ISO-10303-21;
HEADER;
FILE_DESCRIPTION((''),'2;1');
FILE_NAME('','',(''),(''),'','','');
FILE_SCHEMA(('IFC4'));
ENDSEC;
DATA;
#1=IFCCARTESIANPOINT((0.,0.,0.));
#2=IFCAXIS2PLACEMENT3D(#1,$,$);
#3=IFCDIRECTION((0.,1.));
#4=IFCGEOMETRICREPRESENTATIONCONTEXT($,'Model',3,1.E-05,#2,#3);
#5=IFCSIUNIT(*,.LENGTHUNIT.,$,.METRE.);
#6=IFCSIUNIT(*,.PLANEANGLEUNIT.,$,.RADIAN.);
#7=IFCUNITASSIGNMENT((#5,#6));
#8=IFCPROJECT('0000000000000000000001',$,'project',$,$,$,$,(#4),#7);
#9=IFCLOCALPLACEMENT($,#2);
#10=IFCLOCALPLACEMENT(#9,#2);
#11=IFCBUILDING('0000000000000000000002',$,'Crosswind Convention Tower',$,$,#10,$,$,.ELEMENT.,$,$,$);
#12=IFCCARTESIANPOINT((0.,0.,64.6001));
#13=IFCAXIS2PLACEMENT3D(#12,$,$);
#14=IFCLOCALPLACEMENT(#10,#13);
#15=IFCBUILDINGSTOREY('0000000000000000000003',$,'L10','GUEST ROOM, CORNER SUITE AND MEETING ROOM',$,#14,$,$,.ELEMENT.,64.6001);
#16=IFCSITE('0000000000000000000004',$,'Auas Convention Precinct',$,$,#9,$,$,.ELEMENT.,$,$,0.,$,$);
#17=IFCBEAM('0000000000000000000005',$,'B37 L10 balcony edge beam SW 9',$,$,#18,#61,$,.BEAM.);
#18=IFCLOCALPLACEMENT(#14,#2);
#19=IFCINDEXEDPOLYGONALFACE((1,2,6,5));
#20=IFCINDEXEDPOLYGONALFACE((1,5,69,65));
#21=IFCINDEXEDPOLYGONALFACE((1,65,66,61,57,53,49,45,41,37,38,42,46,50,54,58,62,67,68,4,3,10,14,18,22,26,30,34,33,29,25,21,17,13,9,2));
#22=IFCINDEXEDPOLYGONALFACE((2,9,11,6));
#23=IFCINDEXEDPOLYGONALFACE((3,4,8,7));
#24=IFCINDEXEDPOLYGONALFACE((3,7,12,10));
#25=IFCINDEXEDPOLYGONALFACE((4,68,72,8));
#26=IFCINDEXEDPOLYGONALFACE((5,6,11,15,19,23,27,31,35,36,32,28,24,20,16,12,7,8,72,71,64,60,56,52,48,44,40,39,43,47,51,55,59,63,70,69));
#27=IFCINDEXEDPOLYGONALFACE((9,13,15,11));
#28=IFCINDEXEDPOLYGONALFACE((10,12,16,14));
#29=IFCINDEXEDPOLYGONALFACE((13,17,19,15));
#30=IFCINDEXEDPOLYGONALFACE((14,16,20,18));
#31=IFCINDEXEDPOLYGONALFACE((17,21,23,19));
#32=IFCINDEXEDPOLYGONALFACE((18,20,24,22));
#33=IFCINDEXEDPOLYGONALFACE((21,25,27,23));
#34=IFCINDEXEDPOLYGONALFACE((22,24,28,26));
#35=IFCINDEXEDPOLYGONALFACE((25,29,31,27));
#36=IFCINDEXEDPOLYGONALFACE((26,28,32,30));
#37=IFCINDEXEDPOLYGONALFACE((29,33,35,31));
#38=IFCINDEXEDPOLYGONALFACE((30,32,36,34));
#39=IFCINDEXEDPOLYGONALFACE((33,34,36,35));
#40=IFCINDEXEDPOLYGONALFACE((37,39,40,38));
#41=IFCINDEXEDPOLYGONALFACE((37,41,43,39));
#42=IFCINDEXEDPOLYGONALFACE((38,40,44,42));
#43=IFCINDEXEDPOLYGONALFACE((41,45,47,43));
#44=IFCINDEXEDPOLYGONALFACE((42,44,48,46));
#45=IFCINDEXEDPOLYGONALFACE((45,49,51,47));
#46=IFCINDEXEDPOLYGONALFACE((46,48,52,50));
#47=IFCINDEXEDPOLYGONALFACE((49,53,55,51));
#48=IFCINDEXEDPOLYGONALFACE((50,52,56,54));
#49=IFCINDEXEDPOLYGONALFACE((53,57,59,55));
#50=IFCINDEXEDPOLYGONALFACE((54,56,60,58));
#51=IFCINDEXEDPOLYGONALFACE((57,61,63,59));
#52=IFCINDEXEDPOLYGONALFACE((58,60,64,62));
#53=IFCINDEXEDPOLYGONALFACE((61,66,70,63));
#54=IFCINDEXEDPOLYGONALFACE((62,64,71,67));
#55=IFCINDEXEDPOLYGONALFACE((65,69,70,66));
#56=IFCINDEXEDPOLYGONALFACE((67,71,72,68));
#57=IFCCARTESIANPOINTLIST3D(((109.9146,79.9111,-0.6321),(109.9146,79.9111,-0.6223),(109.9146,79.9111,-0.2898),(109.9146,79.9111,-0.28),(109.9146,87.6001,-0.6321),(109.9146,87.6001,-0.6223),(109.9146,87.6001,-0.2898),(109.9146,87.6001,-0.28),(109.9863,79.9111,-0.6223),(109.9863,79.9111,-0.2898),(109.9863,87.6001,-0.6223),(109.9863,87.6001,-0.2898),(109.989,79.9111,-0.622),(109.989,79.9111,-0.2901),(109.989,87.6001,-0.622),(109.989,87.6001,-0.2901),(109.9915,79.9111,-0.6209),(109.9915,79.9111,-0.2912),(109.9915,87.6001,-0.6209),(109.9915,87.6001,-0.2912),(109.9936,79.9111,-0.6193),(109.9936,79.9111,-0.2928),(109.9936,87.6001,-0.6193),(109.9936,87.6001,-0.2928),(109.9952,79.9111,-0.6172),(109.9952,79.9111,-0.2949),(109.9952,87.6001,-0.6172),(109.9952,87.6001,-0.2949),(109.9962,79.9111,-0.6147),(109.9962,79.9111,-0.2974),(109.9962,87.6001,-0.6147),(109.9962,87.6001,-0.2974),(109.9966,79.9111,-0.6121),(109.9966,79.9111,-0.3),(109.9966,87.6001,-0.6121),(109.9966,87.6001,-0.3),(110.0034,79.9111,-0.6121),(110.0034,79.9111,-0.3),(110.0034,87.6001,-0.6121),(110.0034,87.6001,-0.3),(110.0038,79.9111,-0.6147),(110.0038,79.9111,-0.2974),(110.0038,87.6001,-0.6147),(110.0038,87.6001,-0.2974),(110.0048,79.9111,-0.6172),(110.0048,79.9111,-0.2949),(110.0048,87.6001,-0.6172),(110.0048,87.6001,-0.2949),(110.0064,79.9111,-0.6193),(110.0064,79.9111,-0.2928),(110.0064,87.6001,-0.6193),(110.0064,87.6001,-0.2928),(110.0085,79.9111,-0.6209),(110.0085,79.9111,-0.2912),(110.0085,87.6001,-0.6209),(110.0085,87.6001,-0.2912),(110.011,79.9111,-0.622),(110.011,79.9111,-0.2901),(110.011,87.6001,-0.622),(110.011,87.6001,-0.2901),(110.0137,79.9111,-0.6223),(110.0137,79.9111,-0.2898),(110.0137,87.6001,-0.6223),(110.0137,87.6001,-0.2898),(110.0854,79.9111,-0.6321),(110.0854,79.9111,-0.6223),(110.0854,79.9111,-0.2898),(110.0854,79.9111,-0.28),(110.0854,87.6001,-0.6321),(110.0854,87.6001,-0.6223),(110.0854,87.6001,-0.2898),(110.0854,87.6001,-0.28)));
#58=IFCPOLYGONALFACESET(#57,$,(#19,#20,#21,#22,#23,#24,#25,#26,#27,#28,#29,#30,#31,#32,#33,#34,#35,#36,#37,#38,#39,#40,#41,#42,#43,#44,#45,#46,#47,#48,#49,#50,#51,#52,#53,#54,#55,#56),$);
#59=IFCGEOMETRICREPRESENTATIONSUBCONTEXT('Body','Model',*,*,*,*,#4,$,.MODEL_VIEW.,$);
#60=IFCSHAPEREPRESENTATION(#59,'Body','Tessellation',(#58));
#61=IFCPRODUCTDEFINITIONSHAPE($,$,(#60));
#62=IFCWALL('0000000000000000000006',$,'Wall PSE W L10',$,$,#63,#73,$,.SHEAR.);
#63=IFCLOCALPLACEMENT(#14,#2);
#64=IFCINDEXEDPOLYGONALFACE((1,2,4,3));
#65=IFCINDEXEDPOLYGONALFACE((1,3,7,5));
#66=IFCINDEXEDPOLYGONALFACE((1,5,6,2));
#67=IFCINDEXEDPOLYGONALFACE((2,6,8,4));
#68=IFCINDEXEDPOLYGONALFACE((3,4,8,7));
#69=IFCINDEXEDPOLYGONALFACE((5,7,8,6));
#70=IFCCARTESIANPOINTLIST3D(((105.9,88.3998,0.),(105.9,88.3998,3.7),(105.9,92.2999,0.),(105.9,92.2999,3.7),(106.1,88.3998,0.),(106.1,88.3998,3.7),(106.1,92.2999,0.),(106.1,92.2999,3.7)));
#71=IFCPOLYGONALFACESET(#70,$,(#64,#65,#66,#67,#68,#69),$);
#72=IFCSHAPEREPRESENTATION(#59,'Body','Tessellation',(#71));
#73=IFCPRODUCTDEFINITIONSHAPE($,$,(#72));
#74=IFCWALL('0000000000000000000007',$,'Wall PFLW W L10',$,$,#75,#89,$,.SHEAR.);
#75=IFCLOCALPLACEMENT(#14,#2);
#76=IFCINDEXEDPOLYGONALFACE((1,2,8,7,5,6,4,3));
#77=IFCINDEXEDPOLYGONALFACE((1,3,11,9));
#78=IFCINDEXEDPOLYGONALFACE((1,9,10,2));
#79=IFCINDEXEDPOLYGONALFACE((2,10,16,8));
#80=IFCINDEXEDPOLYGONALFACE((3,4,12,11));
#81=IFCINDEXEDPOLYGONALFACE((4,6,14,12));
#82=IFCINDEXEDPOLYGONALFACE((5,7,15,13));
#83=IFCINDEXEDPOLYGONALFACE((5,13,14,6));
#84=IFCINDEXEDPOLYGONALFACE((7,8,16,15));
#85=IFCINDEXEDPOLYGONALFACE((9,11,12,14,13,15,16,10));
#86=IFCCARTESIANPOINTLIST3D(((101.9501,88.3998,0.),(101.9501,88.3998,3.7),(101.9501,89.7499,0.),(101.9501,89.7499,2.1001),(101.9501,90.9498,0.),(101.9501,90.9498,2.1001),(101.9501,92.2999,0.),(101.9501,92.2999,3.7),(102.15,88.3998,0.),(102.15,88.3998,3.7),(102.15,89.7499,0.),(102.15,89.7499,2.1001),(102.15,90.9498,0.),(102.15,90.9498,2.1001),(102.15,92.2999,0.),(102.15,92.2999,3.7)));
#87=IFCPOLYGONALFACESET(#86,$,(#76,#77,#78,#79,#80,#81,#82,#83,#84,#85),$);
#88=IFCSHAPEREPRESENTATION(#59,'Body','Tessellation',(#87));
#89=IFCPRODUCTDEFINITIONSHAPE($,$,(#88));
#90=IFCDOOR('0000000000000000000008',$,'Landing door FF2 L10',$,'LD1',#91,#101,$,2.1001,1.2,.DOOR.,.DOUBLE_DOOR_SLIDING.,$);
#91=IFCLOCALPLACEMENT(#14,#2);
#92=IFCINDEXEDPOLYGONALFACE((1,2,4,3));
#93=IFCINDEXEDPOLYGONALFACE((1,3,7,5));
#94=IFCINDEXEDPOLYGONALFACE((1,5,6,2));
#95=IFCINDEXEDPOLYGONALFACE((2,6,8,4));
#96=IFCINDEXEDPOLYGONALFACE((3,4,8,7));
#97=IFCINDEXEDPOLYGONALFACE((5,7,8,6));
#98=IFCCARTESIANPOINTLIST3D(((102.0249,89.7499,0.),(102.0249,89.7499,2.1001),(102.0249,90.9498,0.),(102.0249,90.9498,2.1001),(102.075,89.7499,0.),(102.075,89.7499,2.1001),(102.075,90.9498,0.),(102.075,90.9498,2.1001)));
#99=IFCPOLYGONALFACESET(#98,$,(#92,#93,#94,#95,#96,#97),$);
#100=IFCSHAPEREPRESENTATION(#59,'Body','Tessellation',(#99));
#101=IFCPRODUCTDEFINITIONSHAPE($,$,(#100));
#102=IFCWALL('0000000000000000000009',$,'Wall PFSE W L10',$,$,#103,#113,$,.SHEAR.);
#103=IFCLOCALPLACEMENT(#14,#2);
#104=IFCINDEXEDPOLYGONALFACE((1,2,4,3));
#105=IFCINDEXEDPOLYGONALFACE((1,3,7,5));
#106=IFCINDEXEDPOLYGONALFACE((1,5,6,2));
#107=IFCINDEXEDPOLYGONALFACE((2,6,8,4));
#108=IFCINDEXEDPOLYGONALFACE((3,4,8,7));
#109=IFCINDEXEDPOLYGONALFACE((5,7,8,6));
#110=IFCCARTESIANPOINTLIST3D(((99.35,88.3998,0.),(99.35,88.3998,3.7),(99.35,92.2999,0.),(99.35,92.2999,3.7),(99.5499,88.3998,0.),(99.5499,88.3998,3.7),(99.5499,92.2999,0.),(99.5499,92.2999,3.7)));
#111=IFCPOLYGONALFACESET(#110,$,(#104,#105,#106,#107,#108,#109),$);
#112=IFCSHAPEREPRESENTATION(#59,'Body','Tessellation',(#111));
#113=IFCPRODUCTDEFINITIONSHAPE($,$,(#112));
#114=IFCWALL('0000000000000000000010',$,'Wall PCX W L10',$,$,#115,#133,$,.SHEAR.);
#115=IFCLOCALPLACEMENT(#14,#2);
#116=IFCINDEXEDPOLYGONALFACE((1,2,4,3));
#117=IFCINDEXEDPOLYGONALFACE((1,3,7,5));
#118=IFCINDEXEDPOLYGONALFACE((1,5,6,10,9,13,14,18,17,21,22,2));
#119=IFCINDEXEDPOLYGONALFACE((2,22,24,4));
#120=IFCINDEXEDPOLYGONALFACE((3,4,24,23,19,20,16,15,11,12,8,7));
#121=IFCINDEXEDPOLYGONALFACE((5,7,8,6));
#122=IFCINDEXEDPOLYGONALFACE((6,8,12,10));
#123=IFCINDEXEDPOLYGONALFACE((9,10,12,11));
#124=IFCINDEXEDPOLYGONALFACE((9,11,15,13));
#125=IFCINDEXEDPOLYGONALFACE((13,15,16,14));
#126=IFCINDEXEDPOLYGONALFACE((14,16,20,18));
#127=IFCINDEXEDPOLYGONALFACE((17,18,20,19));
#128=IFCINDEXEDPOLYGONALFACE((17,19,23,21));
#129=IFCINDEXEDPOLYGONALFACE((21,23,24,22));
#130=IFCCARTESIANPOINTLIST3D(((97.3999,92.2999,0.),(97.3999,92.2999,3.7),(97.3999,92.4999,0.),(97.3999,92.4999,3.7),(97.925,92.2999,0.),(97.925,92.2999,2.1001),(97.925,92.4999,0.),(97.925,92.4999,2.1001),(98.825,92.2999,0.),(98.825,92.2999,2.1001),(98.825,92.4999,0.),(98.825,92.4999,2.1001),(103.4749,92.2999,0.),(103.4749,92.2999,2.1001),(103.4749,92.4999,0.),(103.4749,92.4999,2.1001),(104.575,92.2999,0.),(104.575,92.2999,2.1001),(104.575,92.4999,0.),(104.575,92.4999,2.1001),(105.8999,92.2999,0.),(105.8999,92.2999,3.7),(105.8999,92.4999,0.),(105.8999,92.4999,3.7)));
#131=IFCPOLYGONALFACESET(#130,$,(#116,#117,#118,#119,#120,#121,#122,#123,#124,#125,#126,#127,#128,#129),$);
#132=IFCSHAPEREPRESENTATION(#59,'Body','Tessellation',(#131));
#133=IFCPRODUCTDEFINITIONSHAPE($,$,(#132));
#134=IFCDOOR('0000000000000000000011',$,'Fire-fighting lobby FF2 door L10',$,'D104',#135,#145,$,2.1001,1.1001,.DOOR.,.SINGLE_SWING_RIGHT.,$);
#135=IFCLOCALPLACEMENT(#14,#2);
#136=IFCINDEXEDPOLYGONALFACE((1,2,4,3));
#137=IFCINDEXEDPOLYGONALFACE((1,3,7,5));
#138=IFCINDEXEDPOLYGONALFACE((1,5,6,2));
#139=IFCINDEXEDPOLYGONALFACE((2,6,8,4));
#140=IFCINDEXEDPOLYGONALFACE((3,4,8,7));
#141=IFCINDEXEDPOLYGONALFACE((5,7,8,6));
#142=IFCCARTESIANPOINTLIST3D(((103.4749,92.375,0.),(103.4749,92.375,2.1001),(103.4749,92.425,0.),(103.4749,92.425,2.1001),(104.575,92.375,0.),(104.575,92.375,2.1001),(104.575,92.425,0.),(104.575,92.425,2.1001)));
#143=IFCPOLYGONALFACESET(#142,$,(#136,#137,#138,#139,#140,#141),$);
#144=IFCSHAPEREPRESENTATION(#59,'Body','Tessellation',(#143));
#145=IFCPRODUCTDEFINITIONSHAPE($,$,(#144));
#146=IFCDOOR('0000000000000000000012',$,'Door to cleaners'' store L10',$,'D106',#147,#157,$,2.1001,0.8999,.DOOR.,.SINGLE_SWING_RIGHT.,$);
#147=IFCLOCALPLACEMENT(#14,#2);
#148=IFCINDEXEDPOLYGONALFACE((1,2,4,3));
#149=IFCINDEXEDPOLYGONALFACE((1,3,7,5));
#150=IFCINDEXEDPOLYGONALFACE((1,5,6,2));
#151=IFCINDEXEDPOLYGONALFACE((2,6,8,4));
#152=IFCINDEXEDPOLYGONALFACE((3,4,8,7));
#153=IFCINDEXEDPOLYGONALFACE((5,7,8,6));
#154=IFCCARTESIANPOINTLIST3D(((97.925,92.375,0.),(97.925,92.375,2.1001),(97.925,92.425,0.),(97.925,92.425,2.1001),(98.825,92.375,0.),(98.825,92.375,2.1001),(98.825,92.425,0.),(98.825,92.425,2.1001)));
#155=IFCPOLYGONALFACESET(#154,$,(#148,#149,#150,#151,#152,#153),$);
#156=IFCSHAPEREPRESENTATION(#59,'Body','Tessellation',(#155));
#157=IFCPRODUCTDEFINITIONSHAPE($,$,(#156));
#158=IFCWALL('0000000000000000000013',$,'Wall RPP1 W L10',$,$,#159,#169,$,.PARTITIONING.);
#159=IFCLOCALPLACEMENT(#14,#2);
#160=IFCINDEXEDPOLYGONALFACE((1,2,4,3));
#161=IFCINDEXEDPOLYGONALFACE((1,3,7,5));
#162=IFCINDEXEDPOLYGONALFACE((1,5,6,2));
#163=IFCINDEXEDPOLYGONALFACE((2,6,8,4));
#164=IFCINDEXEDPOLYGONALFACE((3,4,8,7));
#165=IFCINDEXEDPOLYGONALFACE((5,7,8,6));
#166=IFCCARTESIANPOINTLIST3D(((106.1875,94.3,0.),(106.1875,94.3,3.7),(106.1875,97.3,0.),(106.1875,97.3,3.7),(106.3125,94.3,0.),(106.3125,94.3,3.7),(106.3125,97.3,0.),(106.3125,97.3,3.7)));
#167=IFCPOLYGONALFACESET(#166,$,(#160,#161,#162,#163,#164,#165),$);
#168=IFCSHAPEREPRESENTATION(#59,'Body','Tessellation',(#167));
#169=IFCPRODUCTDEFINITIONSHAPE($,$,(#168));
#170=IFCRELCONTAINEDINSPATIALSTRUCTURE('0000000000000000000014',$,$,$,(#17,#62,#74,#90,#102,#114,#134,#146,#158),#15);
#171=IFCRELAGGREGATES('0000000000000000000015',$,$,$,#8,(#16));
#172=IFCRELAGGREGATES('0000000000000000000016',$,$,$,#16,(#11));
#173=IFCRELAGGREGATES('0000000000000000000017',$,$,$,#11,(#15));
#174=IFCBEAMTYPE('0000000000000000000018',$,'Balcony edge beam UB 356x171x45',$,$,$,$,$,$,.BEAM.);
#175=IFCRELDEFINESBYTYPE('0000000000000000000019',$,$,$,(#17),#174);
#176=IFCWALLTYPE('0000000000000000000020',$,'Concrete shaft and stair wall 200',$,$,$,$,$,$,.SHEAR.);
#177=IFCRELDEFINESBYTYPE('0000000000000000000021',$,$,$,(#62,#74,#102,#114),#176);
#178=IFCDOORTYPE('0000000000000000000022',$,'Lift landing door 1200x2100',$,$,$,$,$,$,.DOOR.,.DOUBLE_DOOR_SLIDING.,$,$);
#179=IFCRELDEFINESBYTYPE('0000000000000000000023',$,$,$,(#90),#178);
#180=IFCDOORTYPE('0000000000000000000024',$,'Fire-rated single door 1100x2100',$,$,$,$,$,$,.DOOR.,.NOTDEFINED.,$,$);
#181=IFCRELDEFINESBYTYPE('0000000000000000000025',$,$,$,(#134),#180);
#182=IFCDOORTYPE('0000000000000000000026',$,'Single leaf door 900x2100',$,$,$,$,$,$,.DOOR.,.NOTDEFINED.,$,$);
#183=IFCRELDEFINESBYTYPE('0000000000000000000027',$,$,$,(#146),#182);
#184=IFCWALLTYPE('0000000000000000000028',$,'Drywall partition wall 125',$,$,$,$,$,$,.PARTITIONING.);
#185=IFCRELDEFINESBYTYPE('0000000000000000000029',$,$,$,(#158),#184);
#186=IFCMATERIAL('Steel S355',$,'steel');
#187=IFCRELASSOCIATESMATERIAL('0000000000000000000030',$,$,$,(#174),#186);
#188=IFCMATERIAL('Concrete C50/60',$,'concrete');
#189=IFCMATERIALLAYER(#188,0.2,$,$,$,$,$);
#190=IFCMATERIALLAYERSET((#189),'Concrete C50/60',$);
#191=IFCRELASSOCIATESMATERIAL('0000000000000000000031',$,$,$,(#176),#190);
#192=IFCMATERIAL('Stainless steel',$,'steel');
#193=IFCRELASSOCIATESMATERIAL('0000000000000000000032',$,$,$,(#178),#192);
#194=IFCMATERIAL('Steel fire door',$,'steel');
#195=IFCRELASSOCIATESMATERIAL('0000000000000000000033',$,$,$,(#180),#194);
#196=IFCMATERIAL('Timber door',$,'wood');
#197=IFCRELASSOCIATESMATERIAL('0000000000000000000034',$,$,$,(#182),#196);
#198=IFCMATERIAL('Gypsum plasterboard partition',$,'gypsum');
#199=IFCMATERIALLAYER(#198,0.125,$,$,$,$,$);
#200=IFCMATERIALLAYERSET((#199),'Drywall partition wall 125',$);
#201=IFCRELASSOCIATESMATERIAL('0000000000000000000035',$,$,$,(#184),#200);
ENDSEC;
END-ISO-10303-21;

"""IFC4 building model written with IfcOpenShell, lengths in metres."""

from ifc_helpers import new_model, si_unit, direction, frame, frame_2d, origin, origin_2d, place, context, subcontext, project, spatial, rectangle, i_section, extrude, material, layer, layer_set, material_profile, profile_set, type_object, element, fill, save


model = new_model("IFC4")

# Units and contexts
model_context = context("Model", 3, precision=1e-05, world=origin(), true_north=direction((0.0, 1.0)))
body_context = subcontext(model_context, "Body", "Model", "MODEL_VIEW")
ifc_project = project(units=[si_unit("LENGTHUNIT", "METRE"), si_unit("PLANEANGLEUNIT", "RADIAN")], contexts=[model_context])

# Site, building, storey
site_placement = place(None, origin())
site = spatial("IfcSite", under=ifc_project, at=site_placement, Name="Auas Convention Precinct", CompositionType="ELEMENT", RefElevation=0.0)
building_placement = place(site_placement, origin())
building = spatial("IfcBuilding", under=site, at=building_placement, Name="Crosswind Convention Tower", CompositionType="ELEMENT")
storey_placement = place(building_placement, frame((0.0, 0.0, 64.6001)))
storey = spatial("IfcBuildingStorey", under=building, at=storey_placement, Name="L10", Description="GUEST ROOM, CORNER SUITE AND MEETING ROOM", CompositionType="ELEMENT", Elevation=64.6001)

# Beam
ifc_material_1 = material(Name="Steel S355", Category="steel")
ifc_material_profile = material_profile(ifc_material_1, i_section(OverallWidth=0.1709, OverallDepth=0.3521, WebThickness=0.0068, FlangeThickness=0.0098, FilletRadius=0.0103, at=origin_2d()), Name="UB 356x171x45")
ifc_profile_set = profile_set([ifc_material_profile], Name="Steel S355")
beam_type = type_object("IfcBeamType", Name="Balcony edge beam UB 356x171x45", PredefinedType="BEAM", material=ifc_profile_set)
beam_placement = place(storey_placement, frame((110.0, 87.6001, -0.4561), z_axis=(0.0, -1.0, 0.0), x_axis=(1.0, 0.0, 0.0)))
element("IfcBeam", 1, at=beam_placement, inside=storey, type_object=beam_type, Name="B37 L10 balcony edge beam SW 9", PredefinedType="BEAM", context=body_context, shape_type="SweptSolid", body=[
    extrude(i_section(OverallWidth=0.1709, OverallDepth=0.3521, WebThickness=0.0068, FlangeThickness=0.0098, FilletRadius=0.0103, at=origin_2d()), origin(), (0.0, 0.0, 1.0), 7.689),
])

# Wall
ifc_material_2 = material(Name="Concrete C50/60", Category="concrete")
ifc_layer_1 = layer(ifc_material_2, 0.2)
ifc_layer_set_1 = layer_set([ifc_layer_1], Name="Concrete C50/60")
wall_type_1 = type_object("IfcWallType", Name="Concrete shaft and stair wall 200", PredefinedType="SHEAR", material=ifc_layer_set_1)
wall_1_placement = place(storey_placement, frame((106.0, 92.3, 0.0), z_axis=(0.0, 0.0, 1.0), x_axis=(0.0, -1.0, 0.0)))
element("IfcWall", 2, at=wall_1_placement, inside=storey, type_object=wall_type_1, Name="Wall PSE W L10", PredefinedType="SHEAR", context=body_context, shape_type="SweptSolid", body=[
    extrude(rectangle(XDim=3.9001, YDim=0.2, at=frame_2d((1.9502, 0.0))), origin(), (0.0, 0.0, 1.0), 3.7),
])

# Wall, opening, door
wall_2_placement = place(storey_placement, frame((102.05, 92.3, 0.0), z_axis=(0.0, 0.0, 1.0), x_axis=(0.0, -1.0, 0.0)))
wall_2 = element("IfcWall", 3, at=wall_2_placement, inside=storey, type_object=wall_type_1, Name="Wall PFLW W L10", PredefinedType="SHEAR", context=body_context, shape_type="SweptSolid", body=[
    extrude(rectangle(XDim=3.9001, YDim=0.2, at=frame_2d((1.9502, 0.0))), origin(), (0.0, 0.0, 1.0), 3.7),
])
opening_1_placement = place(wall_2_placement, frame((1.3501, 0.0, 0.0)))
opening_1 = element("IfcOpeningElement", 4, at=opening_1_placement, cuts=wall_2, PredefinedType="OPENING", context=body_context, shape_type="SweptSolid", body=[
    extrude(rectangle(XDim=1.2, YDim=2.1001, at=frame_2d((0.6001, 1.05))), frame((0.0, 0.1099, 0.0), z_axis=(0.0, -1.0, 0.0), x_axis=(1.0, 0.0, 0.0)), (0.0, 0.0, 1.0), 0.22),
])
ifc_material_3 = material(Name="Stainless steel", Category="steel")
door_type_1 = type_object("IfcDoorType", Name="Lift landing door 1200x2100", OperationType="DOUBLE_DOOR_SLIDING", PredefinedType="DOOR", material=ifc_material_3)
door_1_placement = place(opening_1_placement, origin())
door_1 = element("IfcDoor", 5, at=door_1_placement, inside=storey, type_object=door_type_1, Name="Landing door FF2 L10", ObjectType="LD1", OperationType="DOUBLE_DOOR_SLIDING", OverallHeight=2.1001, OverallWidth=1.2, PredefinedType="DOOR", context=body_context, shape_type="SweptSolid", body=[
    extrude(rectangle(XDim=1.2, YDim=2.1001, at=frame_2d((0.6001, 1.05))), frame((0.0, 0.0249, 0.0), z_axis=(0.0, -1.0, 0.0), x_axis=(1.0, 0.0, 0.0)), (0.0, 0.0, 1.0), 0.05),
])
fill(opening_1, door_1)

# Wall
wall_3_placement = place(storey_placement, frame((99.45, 92.3, 0.0), z_axis=(0.0, 0.0, 1.0), x_axis=(0.0, -1.0, 0.0)))
element("IfcWall", 6, at=wall_3_placement, inside=storey, type_object=wall_type_1, Name="Wall PFSE W L10", PredefinedType="SHEAR", context=body_context, shape_type="SweptSolid", body=[
    extrude(rectangle(XDim=3.9001, YDim=0.2, at=frame_2d((1.9502, 0.0))), origin(), (0.0, 0.0, 1.0), 3.7),
])

# Wall, openings, doors
wall_4_placement = place(storey_placement, frame((105.8999, 92.3999, 0.0), z_axis=(0.0, 0.0, 1.0), x_axis=(-1.0, 0.0, 0.0)))
wall_4 = element("IfcWall", 7, at=wall_4_placement, inside=storey, type_object=wall_type_1, Name="Wall PCX W L10", PredefinedType="SHEAR", context=body_context, shape_type="SweptSolid", body=[
    extrude(rectangle(XDim=8.5, YDim=0.2, at=frame_2d((4.25, 0.0))), origin(), (0.0, 0.0, 1.0), 3.7),
])
opening_2_placement = place(wall_4_placement, frame((1.325, 0.0, 0.0)))
opening_2 = element("IfcOpeningElement", 8, at=opening_2_placement, cuts=wall_4, PredefinedType="OPENING", context=body_context, shape_type="SweptSolid", body=[
    extrude(rectangle(XDim=1.1001, YDim=2.1001, at=frame_2d((0.55, 1.05))), frame((0.0, 0.1099, 0.0), z_axis=(0.0, -1.0, 0.0), x_axis=(1.0, 0.0, 0.0)), (0.0, 0.0, 1.0), 0.22),
])
opening_3_placement = place(wall_4_placement, frame((7.075, 0.0, 0.0)))
opening_3 = element("IfcOpeningElement", 9, at=opening_3_placement, cuts=wall_4, PredefinedType="OPENING", context=body_context, shape_type="SweptSolid", body=[
    extrude(rectangle(XDim=0.8999, YDim=2.1001, at=frame_2d((0.45, 1.05))), frame((0.0, 0.1099, 0.0), z_axis=(0.0, -1.0, 0.0), x_axis=(1.0, 0.0, 0.0)), (0.0, 0.0, 1.0), 0.22),
])
ifc_material_4 = material(Name="Steel fire door", Category="steel")
door_type_2 = type_object("IfcDoorType", Name="Fire-rated single door 1100x2100", OperationType="NOTDEFINED", PredefinedType="DOOR", material=ifc_material_4)
door_2_placement = place(opening_2_placement, origin())
door_2 = element("IfcDoor", 10, at=door_2_placement, inside=storey, type_object=door_type_2, Name="Fire-fighting lobby FF2 door L10", ObjectType="D104", OperationType="SINGLE_SWING_RIGHT", OverallHeight=2.1001, OverallWidth=1.1001, PredefinedType="DOOR", context=body_context, shape_type="SweptSolid", body=[
    extrude(rectangle(XDim=1.1001, YDim=2.1001, at=frame_2d((0.55, 1.05))), frame((0.0, 0.0249, 0.0), z_axis=(0.0, -1.0, 0.0), x_axis=(1.0, 0.0, 0.0)), (0.0, 0.0, 1.0), 0.05),
])
fill(opening_2, door_2)
ifc_material_5 = material(Name="Timber door", Category="wood")
door_type_3 = type_object("IfcDoorType", Name="Single leaf door 900x2100", OperationType="NOTDEFINED", PredefinedType="DOOR", material=ifc_material_5)
door_3_placement = place(opening_3_placement, origin())
door_3 = element("IfcDoor", 11, at=door_3_placement, inside=storey, type_object=door_type_3, Name="Door to cleaners' store L10", ObjectType="D106", OperationType="SINGLE_SWING_RIGHT", OverallHeight=2.1001, OverallWidth=0.8999, PredefinedType="DOOR", context=body_context, shape_type="SweptSolid", body=[
    extrude(rectangle(XDim=0.8999, YDim=2.1001, at=frame_2d((0.45, 1.05))), frame((0.0, 0.0249, 0.0), z_axis=(0.0, -1.0, 0.0), x_axis=(1.0, 0.0, 0.0)), (0.0, 0.0, 1.0), 0.05),
])
fill(opening_3, door_3)

# Wall
ifc_material_6 = material(Name="Gypsum plasterboard partition", Category="gypsum")
ifc_layer_2 = layer(ifc_material_6, 0.125)
ifc_layer_set_2 = layer_set([ifc_layer_2], Name="Drywall partition wall 125")
wall_type_2 = type_object("IfcWallType", Name="Drywall partition wall 125", PredefinedType="PARTITIONING", material=ifc_layer_set_2)
for number, where, z_axis, x_axis, name in (
    (12, (106.25, 97.3, 0.0), (0.0, 0.0, 1.0), (0.0, -1.0, 0.0), "Wall RPP1 W L10"),
):
    element("IfcWall", number, at=place(storey_placement, frame(where, z_axis=z_axis, x_axis=x_axis)), inside=storey, type_object=wall_type_2, Name=name, PredefinedType="PARTITIONING", context=body_context, shape_type="SweptSolid", body=[
        extrude(rectangle(XDim=3.0, YDim=0.125, at=frame_2d((1.5, 0.0))), origin(), (0.0, 0.0, 1.0), 3.7),
    ])

save(model, "model.ifc")
